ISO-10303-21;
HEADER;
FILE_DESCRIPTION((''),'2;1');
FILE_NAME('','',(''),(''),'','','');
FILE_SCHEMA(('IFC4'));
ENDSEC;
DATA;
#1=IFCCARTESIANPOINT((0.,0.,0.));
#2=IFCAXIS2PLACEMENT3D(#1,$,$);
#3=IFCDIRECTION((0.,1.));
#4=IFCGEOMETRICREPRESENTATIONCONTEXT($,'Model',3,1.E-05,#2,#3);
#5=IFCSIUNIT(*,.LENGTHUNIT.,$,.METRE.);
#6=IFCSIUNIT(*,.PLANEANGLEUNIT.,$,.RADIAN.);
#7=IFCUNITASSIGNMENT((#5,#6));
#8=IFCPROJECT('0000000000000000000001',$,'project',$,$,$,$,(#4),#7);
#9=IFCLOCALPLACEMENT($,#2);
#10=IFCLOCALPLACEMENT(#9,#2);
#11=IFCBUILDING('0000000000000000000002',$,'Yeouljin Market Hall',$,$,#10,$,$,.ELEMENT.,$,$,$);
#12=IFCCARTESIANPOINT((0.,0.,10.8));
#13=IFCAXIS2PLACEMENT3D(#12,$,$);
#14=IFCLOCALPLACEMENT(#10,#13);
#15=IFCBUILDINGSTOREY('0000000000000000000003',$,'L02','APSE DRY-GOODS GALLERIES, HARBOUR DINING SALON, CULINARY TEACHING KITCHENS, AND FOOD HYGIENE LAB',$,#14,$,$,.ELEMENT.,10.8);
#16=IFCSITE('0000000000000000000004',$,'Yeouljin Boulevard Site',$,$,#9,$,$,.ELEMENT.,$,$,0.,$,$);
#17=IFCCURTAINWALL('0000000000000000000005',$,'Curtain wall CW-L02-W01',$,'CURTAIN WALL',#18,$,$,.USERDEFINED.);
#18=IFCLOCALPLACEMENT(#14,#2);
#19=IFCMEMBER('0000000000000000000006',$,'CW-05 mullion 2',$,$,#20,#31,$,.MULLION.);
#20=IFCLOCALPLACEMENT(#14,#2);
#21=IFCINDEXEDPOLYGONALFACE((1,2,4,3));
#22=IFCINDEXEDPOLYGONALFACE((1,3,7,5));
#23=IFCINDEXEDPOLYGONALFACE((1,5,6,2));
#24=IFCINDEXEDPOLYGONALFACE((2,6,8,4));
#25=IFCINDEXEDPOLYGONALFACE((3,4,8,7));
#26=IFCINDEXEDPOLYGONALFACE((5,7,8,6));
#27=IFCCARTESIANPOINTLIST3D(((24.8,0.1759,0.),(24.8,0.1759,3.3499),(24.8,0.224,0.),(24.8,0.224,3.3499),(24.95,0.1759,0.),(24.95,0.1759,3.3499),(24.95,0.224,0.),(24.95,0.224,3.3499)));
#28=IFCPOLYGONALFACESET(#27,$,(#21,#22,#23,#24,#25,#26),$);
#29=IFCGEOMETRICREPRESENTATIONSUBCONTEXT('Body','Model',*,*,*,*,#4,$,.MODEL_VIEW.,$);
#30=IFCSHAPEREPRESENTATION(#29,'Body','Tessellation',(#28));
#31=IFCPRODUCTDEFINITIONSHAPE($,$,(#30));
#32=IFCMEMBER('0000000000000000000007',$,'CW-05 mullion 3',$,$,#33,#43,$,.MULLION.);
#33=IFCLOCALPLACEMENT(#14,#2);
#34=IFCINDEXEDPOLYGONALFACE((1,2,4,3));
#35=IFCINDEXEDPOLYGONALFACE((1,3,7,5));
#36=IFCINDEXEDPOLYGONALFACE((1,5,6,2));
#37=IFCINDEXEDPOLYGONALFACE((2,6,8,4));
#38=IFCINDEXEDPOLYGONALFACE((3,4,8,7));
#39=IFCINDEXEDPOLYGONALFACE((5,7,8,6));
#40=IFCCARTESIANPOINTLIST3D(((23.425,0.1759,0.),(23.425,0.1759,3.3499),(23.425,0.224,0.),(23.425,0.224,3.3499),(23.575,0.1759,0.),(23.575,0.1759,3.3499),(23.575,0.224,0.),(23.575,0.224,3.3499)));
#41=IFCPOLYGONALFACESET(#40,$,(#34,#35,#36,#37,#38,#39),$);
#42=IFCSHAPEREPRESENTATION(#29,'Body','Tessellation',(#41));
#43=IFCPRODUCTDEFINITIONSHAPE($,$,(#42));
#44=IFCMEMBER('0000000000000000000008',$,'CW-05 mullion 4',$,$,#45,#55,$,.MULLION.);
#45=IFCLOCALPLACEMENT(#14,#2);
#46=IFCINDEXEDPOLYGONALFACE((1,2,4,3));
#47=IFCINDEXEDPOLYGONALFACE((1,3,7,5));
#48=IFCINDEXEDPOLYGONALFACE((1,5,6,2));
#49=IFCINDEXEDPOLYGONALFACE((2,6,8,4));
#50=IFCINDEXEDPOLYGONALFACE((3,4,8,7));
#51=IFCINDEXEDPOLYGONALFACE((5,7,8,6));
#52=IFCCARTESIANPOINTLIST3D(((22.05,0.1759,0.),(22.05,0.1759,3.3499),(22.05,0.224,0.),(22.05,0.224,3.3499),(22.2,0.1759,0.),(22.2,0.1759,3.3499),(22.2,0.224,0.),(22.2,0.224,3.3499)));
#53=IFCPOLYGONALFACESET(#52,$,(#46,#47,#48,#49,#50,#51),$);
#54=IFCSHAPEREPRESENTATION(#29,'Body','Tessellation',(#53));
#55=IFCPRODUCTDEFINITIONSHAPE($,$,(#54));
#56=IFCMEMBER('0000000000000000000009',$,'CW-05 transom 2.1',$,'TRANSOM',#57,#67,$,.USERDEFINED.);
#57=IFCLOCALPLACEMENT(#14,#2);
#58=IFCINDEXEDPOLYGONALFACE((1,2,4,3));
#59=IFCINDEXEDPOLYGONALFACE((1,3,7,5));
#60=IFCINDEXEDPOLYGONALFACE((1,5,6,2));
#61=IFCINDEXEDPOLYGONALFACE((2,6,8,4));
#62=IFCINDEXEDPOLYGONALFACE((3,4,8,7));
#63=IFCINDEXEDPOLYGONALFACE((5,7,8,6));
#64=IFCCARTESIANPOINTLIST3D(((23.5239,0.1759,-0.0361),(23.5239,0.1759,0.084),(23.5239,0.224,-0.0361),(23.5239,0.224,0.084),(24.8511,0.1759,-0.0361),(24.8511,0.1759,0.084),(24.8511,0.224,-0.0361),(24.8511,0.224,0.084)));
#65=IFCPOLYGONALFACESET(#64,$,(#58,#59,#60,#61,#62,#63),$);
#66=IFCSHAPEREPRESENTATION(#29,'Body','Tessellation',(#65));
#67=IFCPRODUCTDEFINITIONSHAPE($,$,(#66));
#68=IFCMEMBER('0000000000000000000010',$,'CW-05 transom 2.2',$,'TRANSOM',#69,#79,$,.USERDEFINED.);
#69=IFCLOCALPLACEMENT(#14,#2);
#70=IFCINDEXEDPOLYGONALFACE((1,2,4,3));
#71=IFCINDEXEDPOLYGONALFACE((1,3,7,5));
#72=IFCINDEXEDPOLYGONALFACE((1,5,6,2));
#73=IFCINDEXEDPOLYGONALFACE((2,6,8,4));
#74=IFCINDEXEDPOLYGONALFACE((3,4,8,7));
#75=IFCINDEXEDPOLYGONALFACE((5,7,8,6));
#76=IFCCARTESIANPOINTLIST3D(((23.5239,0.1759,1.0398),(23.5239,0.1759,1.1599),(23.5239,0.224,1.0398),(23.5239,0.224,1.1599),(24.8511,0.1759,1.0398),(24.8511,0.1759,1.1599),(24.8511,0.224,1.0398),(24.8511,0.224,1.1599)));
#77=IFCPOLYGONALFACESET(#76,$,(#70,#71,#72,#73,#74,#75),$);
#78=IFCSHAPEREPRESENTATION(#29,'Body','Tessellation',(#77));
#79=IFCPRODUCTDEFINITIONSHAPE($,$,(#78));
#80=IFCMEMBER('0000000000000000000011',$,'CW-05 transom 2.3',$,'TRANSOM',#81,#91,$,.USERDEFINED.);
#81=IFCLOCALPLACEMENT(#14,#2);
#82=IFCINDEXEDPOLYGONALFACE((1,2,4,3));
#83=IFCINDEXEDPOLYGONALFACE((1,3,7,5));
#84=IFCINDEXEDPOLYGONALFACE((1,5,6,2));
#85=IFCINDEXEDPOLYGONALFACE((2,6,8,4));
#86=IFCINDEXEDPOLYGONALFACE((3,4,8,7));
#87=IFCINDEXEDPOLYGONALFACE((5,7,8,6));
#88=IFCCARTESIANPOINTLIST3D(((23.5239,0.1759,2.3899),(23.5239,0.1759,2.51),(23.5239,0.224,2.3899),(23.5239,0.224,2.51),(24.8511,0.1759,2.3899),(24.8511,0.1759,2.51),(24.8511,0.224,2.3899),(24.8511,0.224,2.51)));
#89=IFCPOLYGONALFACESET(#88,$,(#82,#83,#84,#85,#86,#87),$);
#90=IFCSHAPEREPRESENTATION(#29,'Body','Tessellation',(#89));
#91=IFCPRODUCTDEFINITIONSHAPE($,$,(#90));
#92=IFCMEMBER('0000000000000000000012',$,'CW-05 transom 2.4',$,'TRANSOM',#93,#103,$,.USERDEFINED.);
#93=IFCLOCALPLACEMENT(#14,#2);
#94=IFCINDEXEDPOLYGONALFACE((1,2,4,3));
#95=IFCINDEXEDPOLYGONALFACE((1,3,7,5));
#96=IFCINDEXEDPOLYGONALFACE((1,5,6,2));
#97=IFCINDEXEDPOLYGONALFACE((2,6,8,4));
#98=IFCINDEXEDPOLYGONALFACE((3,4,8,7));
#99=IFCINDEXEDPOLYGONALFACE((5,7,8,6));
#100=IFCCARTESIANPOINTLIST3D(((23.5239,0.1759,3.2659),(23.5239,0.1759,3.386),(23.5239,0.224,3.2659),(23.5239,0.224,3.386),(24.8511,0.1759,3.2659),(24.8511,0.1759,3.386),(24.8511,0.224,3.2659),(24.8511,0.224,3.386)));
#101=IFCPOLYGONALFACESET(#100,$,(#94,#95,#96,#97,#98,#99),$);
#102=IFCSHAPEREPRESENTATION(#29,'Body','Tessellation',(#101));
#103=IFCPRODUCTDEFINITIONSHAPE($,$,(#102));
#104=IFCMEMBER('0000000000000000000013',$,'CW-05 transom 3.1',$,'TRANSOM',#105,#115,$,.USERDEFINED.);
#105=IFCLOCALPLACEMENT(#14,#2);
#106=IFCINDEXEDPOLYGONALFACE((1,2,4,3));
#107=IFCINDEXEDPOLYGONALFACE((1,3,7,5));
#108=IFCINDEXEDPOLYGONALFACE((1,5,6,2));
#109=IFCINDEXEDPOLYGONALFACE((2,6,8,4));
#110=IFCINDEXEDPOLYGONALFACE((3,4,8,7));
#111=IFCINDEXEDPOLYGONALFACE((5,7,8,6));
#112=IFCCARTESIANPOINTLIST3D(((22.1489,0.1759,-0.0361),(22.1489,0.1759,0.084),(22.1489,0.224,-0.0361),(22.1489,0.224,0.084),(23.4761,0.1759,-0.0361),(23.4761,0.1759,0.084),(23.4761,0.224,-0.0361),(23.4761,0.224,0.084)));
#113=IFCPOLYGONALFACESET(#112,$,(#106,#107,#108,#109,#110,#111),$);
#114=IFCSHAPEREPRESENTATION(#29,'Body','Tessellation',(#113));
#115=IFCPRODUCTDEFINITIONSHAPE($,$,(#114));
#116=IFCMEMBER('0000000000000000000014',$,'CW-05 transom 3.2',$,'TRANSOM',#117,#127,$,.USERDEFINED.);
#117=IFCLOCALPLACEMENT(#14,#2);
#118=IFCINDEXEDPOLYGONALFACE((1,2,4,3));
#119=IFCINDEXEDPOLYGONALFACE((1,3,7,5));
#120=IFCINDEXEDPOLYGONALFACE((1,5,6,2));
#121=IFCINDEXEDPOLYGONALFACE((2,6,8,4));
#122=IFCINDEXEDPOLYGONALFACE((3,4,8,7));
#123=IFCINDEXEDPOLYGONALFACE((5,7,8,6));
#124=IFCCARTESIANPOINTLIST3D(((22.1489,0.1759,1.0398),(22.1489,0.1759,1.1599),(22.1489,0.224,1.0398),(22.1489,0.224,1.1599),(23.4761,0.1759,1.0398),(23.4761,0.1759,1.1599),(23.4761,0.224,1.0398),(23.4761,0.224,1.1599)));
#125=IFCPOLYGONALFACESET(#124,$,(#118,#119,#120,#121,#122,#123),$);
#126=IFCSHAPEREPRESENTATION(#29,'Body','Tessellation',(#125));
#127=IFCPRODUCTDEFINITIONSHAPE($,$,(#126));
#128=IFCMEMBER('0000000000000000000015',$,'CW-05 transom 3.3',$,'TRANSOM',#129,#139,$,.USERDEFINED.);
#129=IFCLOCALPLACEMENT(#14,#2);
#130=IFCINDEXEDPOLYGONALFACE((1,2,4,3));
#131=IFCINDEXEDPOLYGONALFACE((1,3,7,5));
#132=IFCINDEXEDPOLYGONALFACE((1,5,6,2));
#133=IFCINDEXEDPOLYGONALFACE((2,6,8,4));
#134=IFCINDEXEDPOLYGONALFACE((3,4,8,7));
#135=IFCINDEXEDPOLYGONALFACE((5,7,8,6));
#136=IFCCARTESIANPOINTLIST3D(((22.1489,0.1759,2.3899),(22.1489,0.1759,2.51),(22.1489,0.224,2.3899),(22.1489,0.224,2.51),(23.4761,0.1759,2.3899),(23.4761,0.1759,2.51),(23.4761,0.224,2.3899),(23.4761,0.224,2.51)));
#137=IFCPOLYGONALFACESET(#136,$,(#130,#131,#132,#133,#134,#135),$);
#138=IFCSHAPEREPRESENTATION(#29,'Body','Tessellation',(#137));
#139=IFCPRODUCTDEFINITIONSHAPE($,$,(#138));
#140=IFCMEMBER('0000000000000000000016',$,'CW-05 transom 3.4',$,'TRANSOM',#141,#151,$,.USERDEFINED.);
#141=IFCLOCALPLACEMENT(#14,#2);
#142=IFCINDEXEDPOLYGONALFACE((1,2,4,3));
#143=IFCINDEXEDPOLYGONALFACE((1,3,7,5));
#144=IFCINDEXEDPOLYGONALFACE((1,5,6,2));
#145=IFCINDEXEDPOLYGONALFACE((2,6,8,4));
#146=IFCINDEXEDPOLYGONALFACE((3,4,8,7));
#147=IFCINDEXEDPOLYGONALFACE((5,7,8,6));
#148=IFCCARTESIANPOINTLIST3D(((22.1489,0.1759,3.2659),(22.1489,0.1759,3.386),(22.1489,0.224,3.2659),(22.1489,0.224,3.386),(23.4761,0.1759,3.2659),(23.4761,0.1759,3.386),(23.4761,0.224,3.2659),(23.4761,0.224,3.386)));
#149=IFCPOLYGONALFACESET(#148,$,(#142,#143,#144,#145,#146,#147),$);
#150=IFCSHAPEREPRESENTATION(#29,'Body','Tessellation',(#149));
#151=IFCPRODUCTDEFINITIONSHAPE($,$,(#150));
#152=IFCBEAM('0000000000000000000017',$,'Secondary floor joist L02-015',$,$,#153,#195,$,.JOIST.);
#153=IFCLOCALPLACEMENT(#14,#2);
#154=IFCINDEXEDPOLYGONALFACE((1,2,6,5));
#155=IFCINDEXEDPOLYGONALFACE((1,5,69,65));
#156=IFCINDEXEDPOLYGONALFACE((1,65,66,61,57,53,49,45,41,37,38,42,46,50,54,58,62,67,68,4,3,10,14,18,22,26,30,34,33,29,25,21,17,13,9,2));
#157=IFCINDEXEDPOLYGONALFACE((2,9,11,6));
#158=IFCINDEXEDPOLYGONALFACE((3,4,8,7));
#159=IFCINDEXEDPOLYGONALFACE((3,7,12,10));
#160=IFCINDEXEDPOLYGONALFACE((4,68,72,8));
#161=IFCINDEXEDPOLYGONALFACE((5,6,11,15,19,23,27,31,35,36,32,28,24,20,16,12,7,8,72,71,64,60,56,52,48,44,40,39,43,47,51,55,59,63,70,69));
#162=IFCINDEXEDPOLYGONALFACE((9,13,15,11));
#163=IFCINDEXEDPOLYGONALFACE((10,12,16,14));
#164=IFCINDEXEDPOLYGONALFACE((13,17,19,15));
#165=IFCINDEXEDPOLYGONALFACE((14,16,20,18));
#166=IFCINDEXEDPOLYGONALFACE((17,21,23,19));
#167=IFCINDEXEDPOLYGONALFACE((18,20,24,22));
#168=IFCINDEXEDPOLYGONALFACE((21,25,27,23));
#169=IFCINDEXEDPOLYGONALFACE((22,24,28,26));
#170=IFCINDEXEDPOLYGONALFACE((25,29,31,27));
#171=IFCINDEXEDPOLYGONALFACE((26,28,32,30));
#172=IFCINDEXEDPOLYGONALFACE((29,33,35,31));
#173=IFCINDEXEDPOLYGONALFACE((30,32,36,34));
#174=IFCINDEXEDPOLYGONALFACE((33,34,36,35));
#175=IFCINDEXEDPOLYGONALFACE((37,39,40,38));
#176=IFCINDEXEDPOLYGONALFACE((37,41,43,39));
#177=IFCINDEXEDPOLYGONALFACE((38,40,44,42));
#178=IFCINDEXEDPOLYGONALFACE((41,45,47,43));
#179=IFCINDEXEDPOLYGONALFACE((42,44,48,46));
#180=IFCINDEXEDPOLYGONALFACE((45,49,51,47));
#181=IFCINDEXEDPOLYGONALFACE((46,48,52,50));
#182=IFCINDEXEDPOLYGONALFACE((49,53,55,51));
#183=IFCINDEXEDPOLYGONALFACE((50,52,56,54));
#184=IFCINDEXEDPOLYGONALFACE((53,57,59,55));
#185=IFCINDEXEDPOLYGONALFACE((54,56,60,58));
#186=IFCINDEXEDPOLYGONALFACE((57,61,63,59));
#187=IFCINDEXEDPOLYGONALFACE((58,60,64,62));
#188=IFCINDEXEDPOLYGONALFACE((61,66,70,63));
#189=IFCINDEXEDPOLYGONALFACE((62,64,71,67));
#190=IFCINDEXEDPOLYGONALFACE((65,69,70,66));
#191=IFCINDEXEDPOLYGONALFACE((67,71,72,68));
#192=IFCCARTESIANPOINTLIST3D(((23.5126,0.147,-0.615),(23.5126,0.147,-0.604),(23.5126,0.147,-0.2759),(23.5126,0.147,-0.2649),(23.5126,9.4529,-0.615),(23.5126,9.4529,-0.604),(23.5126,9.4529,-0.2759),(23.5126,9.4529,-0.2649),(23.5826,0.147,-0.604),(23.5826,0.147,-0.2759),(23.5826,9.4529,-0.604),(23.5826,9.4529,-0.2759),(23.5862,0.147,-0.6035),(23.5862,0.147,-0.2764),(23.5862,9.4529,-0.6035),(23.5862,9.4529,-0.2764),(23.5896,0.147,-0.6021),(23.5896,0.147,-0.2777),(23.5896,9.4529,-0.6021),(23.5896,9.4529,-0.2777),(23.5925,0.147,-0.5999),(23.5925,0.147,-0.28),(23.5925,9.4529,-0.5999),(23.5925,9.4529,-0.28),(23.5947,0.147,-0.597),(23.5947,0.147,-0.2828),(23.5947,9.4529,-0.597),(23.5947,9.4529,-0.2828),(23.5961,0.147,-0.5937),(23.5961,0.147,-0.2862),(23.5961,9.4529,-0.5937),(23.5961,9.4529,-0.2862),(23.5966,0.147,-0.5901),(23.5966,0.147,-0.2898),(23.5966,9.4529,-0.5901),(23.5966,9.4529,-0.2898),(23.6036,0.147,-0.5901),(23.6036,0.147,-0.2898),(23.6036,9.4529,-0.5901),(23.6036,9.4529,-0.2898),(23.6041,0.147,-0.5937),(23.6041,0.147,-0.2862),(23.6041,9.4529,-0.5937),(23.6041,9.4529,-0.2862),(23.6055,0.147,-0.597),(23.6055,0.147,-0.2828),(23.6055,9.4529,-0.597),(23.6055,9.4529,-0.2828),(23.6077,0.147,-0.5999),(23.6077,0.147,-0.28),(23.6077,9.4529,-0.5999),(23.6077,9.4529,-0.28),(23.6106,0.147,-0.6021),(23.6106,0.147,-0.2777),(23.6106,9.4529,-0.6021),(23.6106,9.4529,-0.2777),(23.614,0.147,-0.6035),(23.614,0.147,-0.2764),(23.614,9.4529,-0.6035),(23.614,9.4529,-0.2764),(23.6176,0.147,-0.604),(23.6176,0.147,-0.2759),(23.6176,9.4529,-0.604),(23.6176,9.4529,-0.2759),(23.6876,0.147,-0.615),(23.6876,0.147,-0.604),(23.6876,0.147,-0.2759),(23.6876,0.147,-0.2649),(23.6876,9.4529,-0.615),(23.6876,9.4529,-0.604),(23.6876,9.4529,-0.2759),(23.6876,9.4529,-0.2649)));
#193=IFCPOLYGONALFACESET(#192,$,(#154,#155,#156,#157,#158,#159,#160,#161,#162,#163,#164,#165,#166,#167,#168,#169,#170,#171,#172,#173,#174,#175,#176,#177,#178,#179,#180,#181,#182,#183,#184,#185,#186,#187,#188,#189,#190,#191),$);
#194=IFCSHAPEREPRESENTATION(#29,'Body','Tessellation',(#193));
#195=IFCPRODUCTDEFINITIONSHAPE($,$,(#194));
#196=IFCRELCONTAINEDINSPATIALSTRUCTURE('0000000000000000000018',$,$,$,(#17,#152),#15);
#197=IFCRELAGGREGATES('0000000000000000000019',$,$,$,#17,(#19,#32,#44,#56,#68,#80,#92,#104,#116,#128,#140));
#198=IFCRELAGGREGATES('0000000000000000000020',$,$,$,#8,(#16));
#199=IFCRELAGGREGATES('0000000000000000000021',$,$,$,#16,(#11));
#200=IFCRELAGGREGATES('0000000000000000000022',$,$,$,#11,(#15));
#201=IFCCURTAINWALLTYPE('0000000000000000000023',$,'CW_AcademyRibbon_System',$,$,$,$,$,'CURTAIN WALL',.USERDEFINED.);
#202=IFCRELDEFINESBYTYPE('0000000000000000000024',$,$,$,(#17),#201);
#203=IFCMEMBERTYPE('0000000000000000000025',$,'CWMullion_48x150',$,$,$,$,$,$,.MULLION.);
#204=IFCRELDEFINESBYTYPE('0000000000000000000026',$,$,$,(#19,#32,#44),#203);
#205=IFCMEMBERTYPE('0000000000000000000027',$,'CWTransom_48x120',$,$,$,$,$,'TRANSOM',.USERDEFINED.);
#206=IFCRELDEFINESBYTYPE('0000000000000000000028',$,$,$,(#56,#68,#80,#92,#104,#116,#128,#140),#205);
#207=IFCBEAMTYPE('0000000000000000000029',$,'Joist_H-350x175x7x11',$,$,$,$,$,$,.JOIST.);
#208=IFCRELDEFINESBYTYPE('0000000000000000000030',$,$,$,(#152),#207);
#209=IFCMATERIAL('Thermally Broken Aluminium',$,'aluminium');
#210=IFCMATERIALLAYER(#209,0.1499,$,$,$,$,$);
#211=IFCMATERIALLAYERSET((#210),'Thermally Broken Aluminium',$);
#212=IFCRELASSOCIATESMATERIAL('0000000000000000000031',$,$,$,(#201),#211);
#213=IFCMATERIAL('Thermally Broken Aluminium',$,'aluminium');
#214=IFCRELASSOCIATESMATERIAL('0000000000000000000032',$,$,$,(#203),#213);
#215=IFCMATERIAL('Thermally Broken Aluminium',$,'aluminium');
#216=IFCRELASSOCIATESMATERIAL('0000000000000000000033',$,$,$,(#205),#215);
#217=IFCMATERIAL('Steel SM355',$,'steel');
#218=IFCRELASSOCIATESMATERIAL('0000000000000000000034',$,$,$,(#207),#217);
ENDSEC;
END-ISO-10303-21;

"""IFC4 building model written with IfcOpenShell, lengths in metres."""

from ifc_helpers import new_model, si_unit, direction, frame, origin, origin_2d, place, context, subcontext, project, spatial, rectangle, i_section, extrude, material, layer, layer_set, material_profile, profile_set, type_object, element, aggregate, save


model = new_model("IFC4")

# Units and contexts
model_context = context("Model", 3, precision=1e-05, world=origin(), true_north=direction((0.0, 1.0)))
body_context = subcontext(model_context, "Body", "Model", "MODEL_VIEW")
ifc_project = project(units=[si_unit("LENGTHUNIT", "METRE"), si_unit("PLANEANGLEUNIT", "RADIAN")], contexts=[model_context])

# Site, building, storey
site_placement = place(None, origin())
site = spatial("IfcSite", under=ifc_project, at=site_placement, Name="Yeouljin Boulevard Site", CompositionType="ELEMENT", RefElevation=0.0)
building_placement = place(site_placement, origin())
building = spatial("IfcBuilding", under=site, at=building_placement, Name="Yeouljin Market Hall", CompositionType="ELEMENT")
storey_placement = place(building_placement, frame((0.0, 0.0, 10.8)))
storey = spatial("IfcBuildingStorey", under=building, at=storey_placement, Name="L02", Description="APSE DRY-GOODS GALLERIES, HARBOUR DINING SALON, CULINARY TEACHING KITCHENS, AND FOOD HYGIENE LAB", CompositionType="ELEMENT", Elevation=10.8)

# Curtain wall, members
ifc_material_1 = material(Name="Thermally Broken Aluminium", Category="aluminium")
ifc_layer_1 = layer(ifc_material_1, 0.1499)
ifc_layer_set_1 = layer_set([ifc_layer_1], Name="Thermally Broken Aluminium")
curtain_wall_type = type_object("IfcCurtainWallType", Name="CW_AcademyRibbon_System", ElementType="CURTAIN WALL", PredefinedType="USERDEFINED", material=ifc_layer_set_1)
curtain_wall_placement = place(storey_placement, origin())
curtain_wall = element("IfcCurtainWall", 1, at=curtain_wall_placement, inside=storey, type_object=curtain_wall_type, Name="Curtain wall CW-L02-W01", ObjectType="CURTAIN WALL", PredefinedType="USERDEFINED")
ifc_material_2 = material(Name="Thermally Broken Aluminium", Category="aluminium")
ifc_material_profile_1 = material_profile(ifc_material_2, rectangle(XDim=0.0481, YDim=0.1499, at=origin_2d()), Name="CW-MULL-48x150")
ifc_profile_set_1 = profile_set([ifc_material_profile_1], Name="Thermally Broken Aluminium")
member_type_1 = type_object("IfcMemberType", Name="CWMullion_48x150", PredefinedType="MULLION", material=ifc_profile_set_1)
member_1_placement = place(storey_placement, frame((24.875, 0.2, 0.0), z_axis=(0.0, 0.0, 1.0), x_axis=(0.0, -1.0, 0.0)))
member_1 = element("IfcMember", 2, at=member_1_placement, type_object=member_type_1, Name="CW-05 mullion 2", PredefinedType="MULLION", context=body_context, shape_type="SweptSolid", body=[
    extrude(rectangle(XDim=0.0481, YDim=0.1499, at=origin_2d()), origin(), (0.0, 0.0, 1.0), 3.3499),
])
member_2_placement = place(storey_placement, frame((23.5, 0.2, 0.0), z_axis=(0.0, 0.0, 1.0), x_axis=(0.0, -1.0, 0.0)))
member_2 = element("IfcMember", 3, at=member_2_placement, type_object=member_type_1, Name="CW-05 mullion 3", PredefinedType="MULLION", context=body_context, shape_type="SweptSolid", body=[
    extrude(rectangle(XDim=0.0481, YDim=0.1499, at=origin_2d()), origin(), (0.0, 0.0, 1.0), 3.3499),
])
member_3_placement = place(storey_placement, frame((22.125, 0.2, 0.0), z_axis=(0.0, 0.0, 1.0), x_axis=(0.0, -1.0, 0.0)))
member_3 = element("IfcMember", 4, at=member_3_placement, type_object=member_type_1, Name="CW-05 mullion 4", PredefinedType="MULLION", context=body_context, shape_type="SweptSolid", body=[
    extrude(rectangle(XDim=0.0481, YDim=0.1499, at=origin_2d()), origin(), (0.0, 0.0, 1.0), 3.3499),
])
ifc_material_3 = material(Name="Thermally Broken Aluminium", Category="aluminium")
ifc_material_profile_2 = material_profile(ifc_material_3, rectangle(XDim=0.0481, YDim=0.1201, at=origin_2d()), Name="CW-TRAN-48x120")
ifc_profile_set_2 = profile_set([ifc_material_profile_2], Name="Thermally Broken Aluminium")
member_type_2 = type_object("IfcMemberType", Name="CWTransom_48x120", ElementType="TRANSOM", PredefinedType="USERDEFINED", material=ifc_profile_set_2)
member_4_placement = place(storey_placement, frame((24.8511, 0.2, 0.0239), z_axis=(-1.0, 0.0, 0.0), x_axis=(0.0, -1.0, 0.0)))
member_4 = element("IfcMember", 5, at=member_4_placement, type_object=member_type_2, Name="CW-05 transom 2.1", ObjectType="TRANSOM", PredefinedType="USERDEFINED", context=body_context, shape_type="SweptSolid", body=[
    extrude(rectangle(XDim=0.0481, YDim=0.1201, at=origin_2d()), origin(), (0.0, 0.0, 1.0), 1.3271),
])
member_5_placement = place(storey_placement, frame((24.8511, 0.2, 1.0999), z_axis=(-1.0, 0.0, 0.0), x_axis=(0.0, -1.0, 0.0)))
member_5 = element("IfcMember", 6, at=member_5_placement, type_object=member_type_2, Name="CW-05 transom 2.2", ObjectType="TRANSOM", PredefinedType="USERDEFINED", context=body_context, shape_type="SweptSolid", body=[
    extrude(rectangle(XDim=0.0481, YDim=0.1201, at=origin_2d()), origin(), (0.0, 0.0, 1.0), 1.3271),
])
member_6_placement = place(storey_placement, frame((24.8511, 0.2, 2.45), z_axis=(-1.0, 0.0, 0.0), x_axis=(0.0, -1.0, 0.0)))
member_6 = element("IfcMember", 7, at=member_6_placement, type_object=member_type_2, Name="CW-05 transom 2.3", ObjectType="TRANSOM", PredefinedType="USERDEFINED", context=body_context, shape_type="SweptSolid", body=[
    extrude(rectangle(XDim=0.0481, YDim=0.1201, at=origin_2d()), origin(), (0.0, 0.0, 1.0), 1.3271),
])
member_7_placement = place(storey_placement, frame((24.8511, 0.2, 3.3259), z_axis=(-1.0, 0.0, 0.0), x_axis=(0.0, -1.0, 0.0)))
member_7 = element("IfcMember", 8, at=member_7_placement, type_object=member_type_2, Name="CW-05 transom 2.4", ObjectType="TRANSOM", PredefinedType="USERDEFINED", context=body_context, shape_type="SweptSolid", body=[
    extrude(rectangle(XDim=0.0481, YDim=0.1201, at=origin_2d()), origin(), (0.0, 0.0, 1.0), 1.3271),
])
member_8_placement = place(storey_placement, frame((23.4761, 0.2, 0.0239), z_axis=(-1.0, 0.0, 0.0), x_axis=(0.0, -1.0, 0.0)))
member_8 = element("IfcMember", 9, at=member_8_placement, type_object=member_type_2, Name="CW-05 transom 3.1", ObjectType="TRANSOM", PredefinedType="USERDEFINED", context=body_context, shape_type="SweptSolid", body=[
    extrude(rectangle(XDim=0.0481, YDim=0.1201, at=origin_2d()), origin(), (0.0, 0.0, 1.0), 1.3271),
])
member_9_placement = place(storey_placement, frame((23.4761, 0.2, 1.0999), z_axis=(-1.0, 0.0, 0.0), x_axis=(0.0, -1.0, 0.0)))
member_9 = element("IfcMember", 10, at=member_9_placement, type_object=member_type_2, Name="CW-05 transom 3.2", ObjectType="TRANSOM", PredefinedType="USERDEFINED", context=body_context, shape_type="SweptSolid", body=[
    extrude(rectangle(XDim=0.0481, YDim=0.1201, at=origin_2d()), origin(), (0.0, 0.0, 1.0), 1.3271),
])
member_10_placement = place(storey_placement, frame((23.4761, 0.2, 2.45), z_axis=(-1.0, 0.0, 0.0), x_axis=(0.0, -1.0, 0.0)))
member_10 = element("IfcMember", 11, at=member_10_placement, type_object=member_type_2, Name="CW-05 transom 3.3", ObjectType="TRANSOM", PredefinedType="USERDEFINED", context=body_context, shape_type="SweptSolid", body=[
    extrude(rectangle(XDim=0.0481, YDim=0.1201, at=origin_2d()), origin(), (0.0, 0.0, 1.0), 1.3271),
])
member_11_placement = place(storey_placement, frame((23.4761, 0.2, 3.3259), z_axis=(-1.0, 0.0, 0.0), x_axis=(0.0, -1.0, 0.0)))
member_11 = element("IfcMember", 12, at=member_11_placement, type_object=member_type_2, Name="CW-05 transom 3.4", ObjectType="TRANSOM", PredefinedType="USERDEFINED", context=body_context, shape_type="SweptSolid", body=[
    extrude(rectangle(XDim=0.0481, YDim=0.1201, at=origin_2d()), origin(), (0.0, 0.0, 1.0), 1.3271),
])

# Beam
ifc_material_4 = material(Name="Steel SM355", Category="steel")
ifc_material_profile_3 = material_profile(ifc_material_4, i_section(OverallWidth=0.175, OverallDepth=0.3501, WebThickness=0.0071, FlangeThickness=0.011, FilletRadius=0.0139, at=origin_2d()), Name="H-350x175x7x11")
ifc_profile_set_3 = profile_set([ifc_material_profile_3], Name="Steel SM355")
beam_type = type_object("IfcBeamType", Name="Joist_H-350x175x7x11", PredefinedType="JOIST", material=ifc_profile_set_3)
beam_placement = place(storey_placement, frame((23.6001, 0.147, -0.4399), z_axis=(0.0, 1.0, 0.0), x_axis=(-1.0, 0.0, 0.0)))
element("IfcBeam", 13, at=beam_placement, inside=storey, type_object=beam_type, Name="Secondary floor joist L02-015", PredefinedType="JOIST", context=body_context, shape_type="SweptSolid", body=[
    extrude(i_section(OverallWidth=0.175, OverallDepth=0.3501, WebThickness=0.0071, FlangeThickness=0.011, FilletRadius=0.0139, at=origin_2d()), origin(), (0.0, 0.0, 1.0), 9.3059),
])

aggregate(curtain_wall, [member_1, member_2, member_3, member_4, member_5, member_6, member_7, member_8, member_9, member_10, member_11])

save(model, "model.ifc")
